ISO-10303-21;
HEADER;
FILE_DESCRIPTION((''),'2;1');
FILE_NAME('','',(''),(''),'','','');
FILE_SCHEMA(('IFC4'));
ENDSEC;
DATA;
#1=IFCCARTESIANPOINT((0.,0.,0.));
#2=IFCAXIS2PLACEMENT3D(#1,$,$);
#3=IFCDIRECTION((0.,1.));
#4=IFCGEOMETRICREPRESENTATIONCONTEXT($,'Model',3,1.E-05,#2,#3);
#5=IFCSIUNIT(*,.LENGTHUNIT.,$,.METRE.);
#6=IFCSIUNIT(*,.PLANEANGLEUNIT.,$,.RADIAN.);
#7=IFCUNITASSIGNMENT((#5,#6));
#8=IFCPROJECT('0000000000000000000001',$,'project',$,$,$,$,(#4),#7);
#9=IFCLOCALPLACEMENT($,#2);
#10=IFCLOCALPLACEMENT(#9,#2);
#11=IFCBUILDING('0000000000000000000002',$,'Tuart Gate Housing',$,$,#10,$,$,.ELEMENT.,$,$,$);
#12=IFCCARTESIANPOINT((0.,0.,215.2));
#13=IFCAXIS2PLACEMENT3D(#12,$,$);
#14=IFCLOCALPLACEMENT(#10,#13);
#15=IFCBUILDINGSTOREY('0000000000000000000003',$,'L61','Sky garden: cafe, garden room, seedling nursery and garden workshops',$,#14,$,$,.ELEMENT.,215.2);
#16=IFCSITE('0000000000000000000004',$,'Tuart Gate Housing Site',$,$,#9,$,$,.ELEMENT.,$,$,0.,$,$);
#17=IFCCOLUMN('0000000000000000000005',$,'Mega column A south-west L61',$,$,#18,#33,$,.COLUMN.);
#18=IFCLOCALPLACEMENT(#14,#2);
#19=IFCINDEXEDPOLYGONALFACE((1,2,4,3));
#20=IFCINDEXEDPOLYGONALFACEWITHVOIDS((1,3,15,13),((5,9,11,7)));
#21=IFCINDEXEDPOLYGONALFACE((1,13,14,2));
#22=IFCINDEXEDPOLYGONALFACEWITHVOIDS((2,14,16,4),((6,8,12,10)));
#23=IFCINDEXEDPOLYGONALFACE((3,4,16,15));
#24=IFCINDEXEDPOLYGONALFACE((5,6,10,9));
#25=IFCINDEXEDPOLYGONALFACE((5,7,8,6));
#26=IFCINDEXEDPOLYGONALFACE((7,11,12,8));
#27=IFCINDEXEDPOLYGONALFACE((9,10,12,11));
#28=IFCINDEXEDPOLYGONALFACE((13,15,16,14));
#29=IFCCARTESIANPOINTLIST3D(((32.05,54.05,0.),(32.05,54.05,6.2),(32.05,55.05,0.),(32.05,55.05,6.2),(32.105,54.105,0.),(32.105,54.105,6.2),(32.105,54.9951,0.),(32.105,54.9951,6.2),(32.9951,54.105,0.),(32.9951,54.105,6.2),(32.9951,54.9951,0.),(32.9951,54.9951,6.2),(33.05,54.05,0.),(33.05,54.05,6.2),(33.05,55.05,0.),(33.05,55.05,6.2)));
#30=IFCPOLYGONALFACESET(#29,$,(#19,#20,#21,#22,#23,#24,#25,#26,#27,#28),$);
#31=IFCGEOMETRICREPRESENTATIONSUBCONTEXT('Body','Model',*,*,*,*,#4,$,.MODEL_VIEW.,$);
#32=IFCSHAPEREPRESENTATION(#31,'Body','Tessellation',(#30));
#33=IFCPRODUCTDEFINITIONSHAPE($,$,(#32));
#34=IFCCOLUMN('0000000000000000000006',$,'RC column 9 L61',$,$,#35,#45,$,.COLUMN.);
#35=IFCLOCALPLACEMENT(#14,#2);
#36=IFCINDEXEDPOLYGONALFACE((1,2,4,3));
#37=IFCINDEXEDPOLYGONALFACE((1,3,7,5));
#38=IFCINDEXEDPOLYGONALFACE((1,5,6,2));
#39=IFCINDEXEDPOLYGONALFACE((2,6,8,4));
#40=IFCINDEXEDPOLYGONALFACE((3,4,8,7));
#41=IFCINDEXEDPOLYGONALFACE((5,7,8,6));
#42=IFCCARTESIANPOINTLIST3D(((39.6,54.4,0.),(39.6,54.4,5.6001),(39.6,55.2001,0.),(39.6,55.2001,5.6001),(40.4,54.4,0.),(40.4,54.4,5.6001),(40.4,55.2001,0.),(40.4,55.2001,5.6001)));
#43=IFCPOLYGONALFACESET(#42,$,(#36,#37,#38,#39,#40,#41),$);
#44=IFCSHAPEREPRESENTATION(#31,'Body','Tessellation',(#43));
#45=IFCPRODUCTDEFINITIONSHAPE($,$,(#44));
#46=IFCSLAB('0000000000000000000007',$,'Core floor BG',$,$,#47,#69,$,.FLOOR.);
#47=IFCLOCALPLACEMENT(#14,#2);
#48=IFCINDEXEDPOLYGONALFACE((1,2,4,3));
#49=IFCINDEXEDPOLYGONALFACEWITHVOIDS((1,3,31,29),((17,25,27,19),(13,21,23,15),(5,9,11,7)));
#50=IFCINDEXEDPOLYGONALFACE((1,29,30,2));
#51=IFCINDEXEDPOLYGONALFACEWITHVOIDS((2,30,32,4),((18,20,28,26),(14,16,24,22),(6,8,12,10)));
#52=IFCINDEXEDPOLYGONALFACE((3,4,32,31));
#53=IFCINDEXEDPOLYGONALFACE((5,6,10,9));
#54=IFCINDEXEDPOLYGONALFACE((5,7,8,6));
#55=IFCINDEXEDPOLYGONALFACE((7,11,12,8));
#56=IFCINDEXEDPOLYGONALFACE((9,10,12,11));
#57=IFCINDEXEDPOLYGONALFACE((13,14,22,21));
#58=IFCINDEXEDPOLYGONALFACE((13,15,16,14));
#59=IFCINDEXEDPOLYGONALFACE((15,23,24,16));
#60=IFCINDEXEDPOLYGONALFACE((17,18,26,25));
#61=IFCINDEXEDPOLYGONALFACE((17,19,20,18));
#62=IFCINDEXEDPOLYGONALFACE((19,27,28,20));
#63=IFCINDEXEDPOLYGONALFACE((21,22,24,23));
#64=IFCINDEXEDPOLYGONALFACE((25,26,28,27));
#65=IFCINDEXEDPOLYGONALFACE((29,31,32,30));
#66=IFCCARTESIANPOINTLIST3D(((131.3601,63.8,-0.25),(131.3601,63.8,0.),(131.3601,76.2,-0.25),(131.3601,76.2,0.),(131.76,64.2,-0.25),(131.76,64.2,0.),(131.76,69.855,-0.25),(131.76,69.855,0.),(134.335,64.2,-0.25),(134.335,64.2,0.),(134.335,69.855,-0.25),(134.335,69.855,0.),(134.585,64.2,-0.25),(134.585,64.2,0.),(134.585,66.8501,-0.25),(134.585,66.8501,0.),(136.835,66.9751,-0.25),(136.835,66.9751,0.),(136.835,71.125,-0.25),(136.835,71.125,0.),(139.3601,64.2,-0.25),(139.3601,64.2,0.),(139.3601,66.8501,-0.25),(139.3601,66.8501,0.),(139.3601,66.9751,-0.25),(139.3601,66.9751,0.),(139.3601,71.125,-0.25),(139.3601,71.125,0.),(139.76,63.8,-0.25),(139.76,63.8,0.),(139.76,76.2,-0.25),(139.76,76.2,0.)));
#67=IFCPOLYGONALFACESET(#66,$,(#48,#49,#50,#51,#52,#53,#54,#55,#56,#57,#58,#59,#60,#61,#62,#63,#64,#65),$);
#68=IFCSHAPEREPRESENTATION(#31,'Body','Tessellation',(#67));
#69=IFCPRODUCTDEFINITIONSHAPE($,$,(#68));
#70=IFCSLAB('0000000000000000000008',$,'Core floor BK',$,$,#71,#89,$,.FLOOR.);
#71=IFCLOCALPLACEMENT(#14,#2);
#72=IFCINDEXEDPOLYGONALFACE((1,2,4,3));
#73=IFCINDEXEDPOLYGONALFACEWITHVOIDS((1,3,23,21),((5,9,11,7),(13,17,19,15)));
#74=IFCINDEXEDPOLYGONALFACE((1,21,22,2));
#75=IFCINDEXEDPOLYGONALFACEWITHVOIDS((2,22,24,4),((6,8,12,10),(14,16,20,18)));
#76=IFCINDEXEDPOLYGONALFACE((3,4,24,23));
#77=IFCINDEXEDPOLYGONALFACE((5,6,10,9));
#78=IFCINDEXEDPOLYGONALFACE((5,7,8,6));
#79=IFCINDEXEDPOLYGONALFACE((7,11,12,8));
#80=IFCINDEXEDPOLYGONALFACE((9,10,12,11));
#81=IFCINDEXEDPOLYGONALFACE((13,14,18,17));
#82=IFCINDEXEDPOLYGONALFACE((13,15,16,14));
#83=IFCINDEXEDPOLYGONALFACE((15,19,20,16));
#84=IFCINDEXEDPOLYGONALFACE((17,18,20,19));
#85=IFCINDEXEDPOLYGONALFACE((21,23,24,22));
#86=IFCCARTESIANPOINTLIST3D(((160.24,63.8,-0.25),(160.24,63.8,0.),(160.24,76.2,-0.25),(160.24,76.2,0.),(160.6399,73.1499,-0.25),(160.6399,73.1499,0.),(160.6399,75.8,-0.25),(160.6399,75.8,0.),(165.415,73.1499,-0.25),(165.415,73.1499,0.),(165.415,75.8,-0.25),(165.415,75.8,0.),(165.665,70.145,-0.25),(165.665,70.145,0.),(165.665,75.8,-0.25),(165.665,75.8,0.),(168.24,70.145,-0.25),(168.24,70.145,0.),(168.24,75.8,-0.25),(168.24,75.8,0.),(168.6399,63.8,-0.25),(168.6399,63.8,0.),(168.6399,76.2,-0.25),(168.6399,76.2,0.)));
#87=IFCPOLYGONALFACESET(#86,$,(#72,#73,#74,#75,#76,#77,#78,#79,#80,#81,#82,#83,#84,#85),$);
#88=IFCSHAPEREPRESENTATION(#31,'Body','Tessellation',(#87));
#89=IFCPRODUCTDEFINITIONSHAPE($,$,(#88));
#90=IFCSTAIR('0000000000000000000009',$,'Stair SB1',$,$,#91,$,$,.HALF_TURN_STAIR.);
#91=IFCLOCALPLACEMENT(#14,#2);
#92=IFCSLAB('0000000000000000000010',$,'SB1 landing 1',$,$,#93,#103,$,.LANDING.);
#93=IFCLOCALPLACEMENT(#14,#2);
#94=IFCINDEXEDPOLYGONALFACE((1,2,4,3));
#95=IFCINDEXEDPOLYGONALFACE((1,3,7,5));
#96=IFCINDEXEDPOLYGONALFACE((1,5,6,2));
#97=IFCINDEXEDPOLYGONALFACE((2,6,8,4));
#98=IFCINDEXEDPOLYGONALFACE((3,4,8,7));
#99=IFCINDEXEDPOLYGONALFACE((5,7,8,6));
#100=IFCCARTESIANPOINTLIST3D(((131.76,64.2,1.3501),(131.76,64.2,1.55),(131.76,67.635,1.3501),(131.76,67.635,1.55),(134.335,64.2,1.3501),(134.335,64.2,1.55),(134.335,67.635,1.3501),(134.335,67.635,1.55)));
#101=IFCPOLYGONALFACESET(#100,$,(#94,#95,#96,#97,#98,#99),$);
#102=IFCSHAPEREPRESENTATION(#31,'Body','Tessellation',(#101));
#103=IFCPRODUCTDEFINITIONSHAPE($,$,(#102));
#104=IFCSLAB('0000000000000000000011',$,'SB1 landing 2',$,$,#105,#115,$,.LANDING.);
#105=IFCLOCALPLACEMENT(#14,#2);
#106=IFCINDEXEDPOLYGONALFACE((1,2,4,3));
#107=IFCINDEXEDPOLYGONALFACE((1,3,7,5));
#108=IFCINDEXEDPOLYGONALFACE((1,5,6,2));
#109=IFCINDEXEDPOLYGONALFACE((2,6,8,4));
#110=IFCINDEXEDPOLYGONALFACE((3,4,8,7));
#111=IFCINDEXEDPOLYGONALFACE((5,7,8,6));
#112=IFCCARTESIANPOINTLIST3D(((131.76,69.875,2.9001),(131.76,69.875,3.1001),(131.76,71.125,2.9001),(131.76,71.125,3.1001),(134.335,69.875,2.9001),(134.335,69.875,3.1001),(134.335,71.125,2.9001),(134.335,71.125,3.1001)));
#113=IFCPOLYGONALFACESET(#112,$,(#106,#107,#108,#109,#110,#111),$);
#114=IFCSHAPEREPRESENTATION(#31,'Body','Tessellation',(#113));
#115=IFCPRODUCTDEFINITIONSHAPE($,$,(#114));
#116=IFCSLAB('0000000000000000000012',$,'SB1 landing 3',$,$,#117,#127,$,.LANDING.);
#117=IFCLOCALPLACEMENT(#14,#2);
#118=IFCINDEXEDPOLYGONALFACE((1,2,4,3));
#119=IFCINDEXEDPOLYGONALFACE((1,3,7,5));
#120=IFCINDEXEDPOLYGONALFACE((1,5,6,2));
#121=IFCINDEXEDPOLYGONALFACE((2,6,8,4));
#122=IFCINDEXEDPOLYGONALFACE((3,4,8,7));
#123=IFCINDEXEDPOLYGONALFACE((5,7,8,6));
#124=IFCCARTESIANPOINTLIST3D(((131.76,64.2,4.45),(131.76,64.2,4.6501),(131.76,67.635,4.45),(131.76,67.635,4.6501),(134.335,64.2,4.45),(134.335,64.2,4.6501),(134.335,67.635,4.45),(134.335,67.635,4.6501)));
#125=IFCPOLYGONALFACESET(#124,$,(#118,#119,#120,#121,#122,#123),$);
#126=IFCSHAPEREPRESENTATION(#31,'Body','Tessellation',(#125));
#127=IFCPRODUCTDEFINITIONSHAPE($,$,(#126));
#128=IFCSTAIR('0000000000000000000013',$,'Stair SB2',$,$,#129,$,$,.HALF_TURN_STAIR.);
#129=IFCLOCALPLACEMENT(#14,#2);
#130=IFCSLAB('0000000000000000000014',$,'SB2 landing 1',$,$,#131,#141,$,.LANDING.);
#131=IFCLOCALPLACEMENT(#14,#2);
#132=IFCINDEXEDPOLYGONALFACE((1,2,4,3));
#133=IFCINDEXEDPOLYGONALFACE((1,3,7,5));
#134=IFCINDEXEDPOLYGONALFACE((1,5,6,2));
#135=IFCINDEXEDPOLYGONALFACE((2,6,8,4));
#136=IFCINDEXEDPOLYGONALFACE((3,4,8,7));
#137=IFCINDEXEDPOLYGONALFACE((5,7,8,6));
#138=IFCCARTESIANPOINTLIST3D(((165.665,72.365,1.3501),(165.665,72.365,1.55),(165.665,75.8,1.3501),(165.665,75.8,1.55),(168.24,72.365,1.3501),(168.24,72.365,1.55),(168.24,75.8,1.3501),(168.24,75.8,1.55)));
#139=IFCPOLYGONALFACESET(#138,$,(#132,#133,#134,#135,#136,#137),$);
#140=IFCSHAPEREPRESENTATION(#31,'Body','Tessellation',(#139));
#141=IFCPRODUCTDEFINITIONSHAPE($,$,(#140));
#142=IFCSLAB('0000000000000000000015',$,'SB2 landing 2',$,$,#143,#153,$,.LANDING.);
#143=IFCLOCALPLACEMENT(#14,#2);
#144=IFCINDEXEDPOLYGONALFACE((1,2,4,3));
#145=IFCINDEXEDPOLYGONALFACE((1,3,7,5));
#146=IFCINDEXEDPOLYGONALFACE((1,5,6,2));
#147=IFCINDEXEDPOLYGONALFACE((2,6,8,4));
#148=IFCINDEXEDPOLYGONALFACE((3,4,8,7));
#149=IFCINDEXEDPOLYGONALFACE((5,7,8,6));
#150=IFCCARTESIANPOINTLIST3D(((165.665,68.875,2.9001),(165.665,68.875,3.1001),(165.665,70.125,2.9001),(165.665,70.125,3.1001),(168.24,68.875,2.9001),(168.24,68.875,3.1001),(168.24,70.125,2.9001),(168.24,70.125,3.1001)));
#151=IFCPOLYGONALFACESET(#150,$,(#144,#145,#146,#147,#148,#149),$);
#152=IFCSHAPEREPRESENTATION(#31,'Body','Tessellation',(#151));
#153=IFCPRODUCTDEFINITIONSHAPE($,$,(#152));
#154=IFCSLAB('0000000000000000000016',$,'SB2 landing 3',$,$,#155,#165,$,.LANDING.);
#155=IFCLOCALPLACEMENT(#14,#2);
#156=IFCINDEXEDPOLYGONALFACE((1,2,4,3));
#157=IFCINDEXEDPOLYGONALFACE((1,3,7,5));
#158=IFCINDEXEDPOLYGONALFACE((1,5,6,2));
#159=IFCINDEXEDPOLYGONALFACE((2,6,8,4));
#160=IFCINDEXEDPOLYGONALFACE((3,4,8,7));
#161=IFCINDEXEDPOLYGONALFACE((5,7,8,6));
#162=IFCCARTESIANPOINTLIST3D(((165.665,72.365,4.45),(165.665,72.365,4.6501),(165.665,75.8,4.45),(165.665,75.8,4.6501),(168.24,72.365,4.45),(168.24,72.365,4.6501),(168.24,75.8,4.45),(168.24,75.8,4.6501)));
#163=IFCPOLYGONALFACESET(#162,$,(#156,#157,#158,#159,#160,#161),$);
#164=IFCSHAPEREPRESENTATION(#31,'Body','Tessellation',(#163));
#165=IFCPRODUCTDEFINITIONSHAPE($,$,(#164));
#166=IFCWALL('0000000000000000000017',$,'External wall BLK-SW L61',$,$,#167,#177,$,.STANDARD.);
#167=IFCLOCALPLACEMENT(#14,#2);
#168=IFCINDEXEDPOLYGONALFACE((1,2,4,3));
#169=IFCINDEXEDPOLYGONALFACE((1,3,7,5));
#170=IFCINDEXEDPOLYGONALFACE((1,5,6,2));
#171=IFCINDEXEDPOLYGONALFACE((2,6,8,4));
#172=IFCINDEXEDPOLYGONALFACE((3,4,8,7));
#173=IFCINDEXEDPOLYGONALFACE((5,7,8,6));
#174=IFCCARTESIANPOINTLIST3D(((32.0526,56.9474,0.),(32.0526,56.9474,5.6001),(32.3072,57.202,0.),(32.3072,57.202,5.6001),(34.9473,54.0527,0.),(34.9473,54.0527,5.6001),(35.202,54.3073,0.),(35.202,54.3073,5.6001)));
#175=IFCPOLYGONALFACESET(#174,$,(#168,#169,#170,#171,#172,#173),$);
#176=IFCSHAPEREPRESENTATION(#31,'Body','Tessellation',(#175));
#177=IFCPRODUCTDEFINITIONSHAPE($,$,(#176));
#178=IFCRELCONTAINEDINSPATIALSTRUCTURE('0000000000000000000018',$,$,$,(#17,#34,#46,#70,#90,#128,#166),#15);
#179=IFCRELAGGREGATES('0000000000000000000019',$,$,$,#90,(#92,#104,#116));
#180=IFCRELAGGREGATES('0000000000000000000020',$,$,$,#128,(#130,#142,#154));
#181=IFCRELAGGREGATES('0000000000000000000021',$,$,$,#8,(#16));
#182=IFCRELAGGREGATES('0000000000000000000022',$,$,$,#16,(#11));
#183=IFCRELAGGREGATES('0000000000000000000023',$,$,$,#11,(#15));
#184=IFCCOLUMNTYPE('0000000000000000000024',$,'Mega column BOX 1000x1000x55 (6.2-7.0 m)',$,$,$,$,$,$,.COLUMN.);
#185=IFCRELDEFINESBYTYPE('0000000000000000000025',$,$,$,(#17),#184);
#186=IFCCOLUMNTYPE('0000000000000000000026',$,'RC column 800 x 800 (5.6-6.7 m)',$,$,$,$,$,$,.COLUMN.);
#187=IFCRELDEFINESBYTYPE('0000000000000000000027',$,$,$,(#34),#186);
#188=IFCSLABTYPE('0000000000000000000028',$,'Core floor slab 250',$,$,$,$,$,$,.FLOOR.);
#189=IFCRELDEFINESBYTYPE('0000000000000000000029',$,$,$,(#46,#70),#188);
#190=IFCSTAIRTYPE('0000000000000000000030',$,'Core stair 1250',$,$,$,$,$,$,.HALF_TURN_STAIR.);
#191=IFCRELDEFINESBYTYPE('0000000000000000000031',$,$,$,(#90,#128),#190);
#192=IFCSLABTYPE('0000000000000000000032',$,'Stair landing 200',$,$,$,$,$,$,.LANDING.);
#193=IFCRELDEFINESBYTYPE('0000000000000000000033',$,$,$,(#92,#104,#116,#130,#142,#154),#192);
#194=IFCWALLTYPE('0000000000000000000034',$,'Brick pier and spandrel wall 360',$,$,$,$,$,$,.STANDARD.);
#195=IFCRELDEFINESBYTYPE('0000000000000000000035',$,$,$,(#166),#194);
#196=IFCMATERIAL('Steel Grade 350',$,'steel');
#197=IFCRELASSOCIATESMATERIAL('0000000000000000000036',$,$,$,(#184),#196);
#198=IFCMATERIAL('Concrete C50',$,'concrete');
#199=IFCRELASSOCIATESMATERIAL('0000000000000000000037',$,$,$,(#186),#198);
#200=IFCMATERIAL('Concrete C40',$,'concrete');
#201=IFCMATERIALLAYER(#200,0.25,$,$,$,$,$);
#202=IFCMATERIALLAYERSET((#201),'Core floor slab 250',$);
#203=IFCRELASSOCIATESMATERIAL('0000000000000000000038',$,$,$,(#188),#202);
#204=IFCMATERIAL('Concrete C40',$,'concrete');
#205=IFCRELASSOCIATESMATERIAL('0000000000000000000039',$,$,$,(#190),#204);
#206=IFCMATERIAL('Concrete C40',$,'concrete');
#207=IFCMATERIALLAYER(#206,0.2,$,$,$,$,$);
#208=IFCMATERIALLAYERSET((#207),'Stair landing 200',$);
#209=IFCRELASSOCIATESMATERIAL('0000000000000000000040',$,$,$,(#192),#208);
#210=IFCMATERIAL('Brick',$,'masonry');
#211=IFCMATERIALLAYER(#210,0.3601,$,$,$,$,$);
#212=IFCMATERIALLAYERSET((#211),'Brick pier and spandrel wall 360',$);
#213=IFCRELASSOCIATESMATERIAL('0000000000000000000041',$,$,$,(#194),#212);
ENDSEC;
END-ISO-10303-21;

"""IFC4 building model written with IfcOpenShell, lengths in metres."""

from ifc_helpers import new_model, si_unit, direction, frame, frame_2d, origin, origin_2d, place, context, subcontext, project, spatial, polyline, rectangle, hollow_rectangle, outline, extrude, material, layer, layer_set, material_profile, profile_set, type_object, element, aggregate, save


model = new_model("IFC4")

# Units and contexts
model_context = context("Model", 3, precision=1e-05, world=origin(), true_north=direction((0.0, 1.0)))
body_context = subcontext(model_context, "Body", "Model", "MODEL_VIEW")
ifc_project = project(units=[si_unit("LENGTHUNIT", "METRE"), si_unit("PLANEANGLEUNIT", "RADIAN")], contexts=[model_context])

# Site, building, storey
site_placement = place(None, origin())
site = spatial("IfcSite", under=ifc_project, at=site_placement, Name="Tuart Gate Housing Site", CompositionType="ELEMENT", RefElevation=0.0)
building_placement = place(site_placement, origin())
building = spatial("IfcBuilding", under=site, at=building_placement, Name="Tuart Gate Housing", CompositionType="ELEMENT")
storey_placement = place(building_placement, frame((0.0, 0.0, 215.2)))
storey = spatial("IfcBuildingStorey", under=building, at=storey_placement, Name="L61", Description="Sky garden: cafe, garden room, seedling nursery and garden workshops", CompositionType="ELEMENT", Elevation=215.2)

# Columns
ifc_material_1 = material(Name="Steel Grade 350", Category="steel")
ifc_material_profile_1 = material_profile(ifc_material_1, hollow_rectangle(XDim=1.0, YDim=1.0, WallThickness=0.0549, at=origin_2d()), Name="BOX 1000x1000x55")
ifc_profile_set_1 = profile_set([ifc_material_profile_1], Name="Steel Grade 350")
column_type_1 = type_object("IfcColumnType", Name="Mega column BOX 1000x1000x55 (6.2-7.0 m)", PredefinedType="COLUMN", material=ifc_profile_set_1)
column_1_placement = place(storey_placement, frame((32.55, 54.55, 0.0), z_axis=(0.0, 0.0, 1.0), x_axis=(1.0, 0.0, 0.0)))
element("IfcColumn", 1, at=column_1_placement, inside=storey, type_object=column_type_1, Name="Mega column A south-west L61", PredefinedType="COLUMN", context=body_context, shape_type="SweptSolid", body=[
    extrude(hollow_rectangle(XDim=1.0, YDim=1.0, WallThickness=0.0549, at=origin_2d()), origin(), (0.0, 0.0, 1.0), 6.2),
])
ifc_material_2 = material(Name="Concrete C50", Category="concrete")
ifc_material_profile_2 = material_profile(ifc_material_2, rectangle(XDim=0.8, YDim=0.8, at=origin_2d()), Name="RC column 800 x 800 (5.6-6.7 m)")
ifc_profile_set_2 = profile_set([ifc_material_profile_2], Name="Concrete C50")
column_type_2 = type_object("IfcColumnType", Name="RC column 800 x 800 (5.6-6.7 m)", PredefinedType="COLUMN", material=ifc_profile_set_2)
column_2_placement = place(storey_placement, frame((40.0, 54.8, 0.0), z_axis=(0.0, 0.0, 1.0), x_axis=(1.0, 0.0, 0.0)))
element("IfcColumn", 2, at=column_2_placement, inside=storey, type_object=column_type_2, Name="RC column 9 L61", PredefinedType="COLUMN", context=body_context, shape_type="SweptSolid", body=[
    extrude(rectangle(XDim=0.8, YDim=0.8, at=origin_2d()), origin(), (0.0, 0.0, 1.0), 5.6001),
])

# Slabs
ifc_material_3 = material(Name="Concrete C40", Category="concrete")
ifc_layer_1 = layer(ifc_material_3, 0.25)
ifc_layer_set_1 = layer_set([ifc_layer_1], Name="Core floor slab 250")
slab_type_1 = type_object("IfcSlabType", Name="Core floor slab 250", PredefinedType="FLOOR", material=ifc_layer_set_1)
slab_1_placement = place(storey_placement, frame((0.0, 0.0, -0.25)))
element("IfcSlab", 3, at=slab_1_placement, inside=storey, type_object=slab_type_1, Name="Core floor BG", PredefinedType="FLOOR", context=body_context, shape_type="SweptSolid", body=[
    extrude(outline(polyline([(131.3601, 63.8), (139.76, 63.8), (139.76, 76.2), (131.3601, 76.2), (131.3601, 63.8)]), holes=[polyline([(139.3601, 66.8501), (134.585, 66.8501), (134.585, 64.2), (139.3601, 64.2), (139.3601, 66.8501)]), polyline([(139.3601, 71.125), (136.835, 71.125), (136.835, 66.9751), (139.3601, 66.9751), (139.3601, 71.125)]), polyline([(134.335, 69.855), (131.76, 69.855), (131.76, 64.2), (134.335, 64.2), (134.335, 69.855)])]), origin(), (0.0, 0.0, 1.0), 0.25),
])
slab_2_placement = place(storey_placement, frame((0.0, 0.0, -0.25)))
element("IfcSlab", 4, at=slab_2_placement, inside=storey, type_object=slab_type_1, Name="Core floor BK", PredefinedType="FLOOR", context=body_context, shape_type="SweptSolid", body=[
    extrude(outline(polyline([(160.24, 63.8), (168.6399, 63.8), (168.6399, 76.2), (160.24, 76.2), (160.24, 63.8)]), holes=[polyline([(160.6399, 73.1499), (165.415, 73.1499), (165.415, 75.8), (160.6399, 75.8), (160.6399, 73.1499)]), polyline([(165.665, 70.145), (168.24, 70.145), (168.24, 75.8), (165.665, 75.8), (165.665, 70.145)])]), origin(), (0.0, 0.0, 1.0), 0.25),
])

# Stairs, slabs
ifc_material_4 = material(Name="Concrete C40", Category="concrete")
stair_type = type_object("IfcStairType", Name="Core stair 1250", PredefinedType="HALF_TURN_STAIR", material=ifc_material_4)
stair_1_placement = place(storey_placement, origin())
stair_1 = element("IfcStair", 5, at=stair_1_placement, inside=storey, type_object=stair_type, Name="Stair SB1", PredefinedType="HALF_TURN_STAIR")
ifc_material_5 = material(Name="Concrete C40", Category="concrete")
ifc_layer_2 = layer(ifc_material_5, 0.2)
ifc_layer_set_2 = layer_set([ifc_layer_2], Name="Stair landing 200")
slab_type_2 = type_object("IfcSlabType", Name="Stair landing 200", PredefinedType="LANDING", material=ifc_layer_set_2)
slab_3_placement = place(storey_placement, frame((0.0, 0.0, 1.3501)))
slab_3 = element("IfcSlab", 6, at=slab_3_placement, type_object=slab_type_2, Name="SB1 landing 1", PredefinedType="LANDING", context=body_context, shape_type="SweptSolid", body=[
    extrude(outline(polyline([(134.335, 67.635), (131.76, 67.635), (131.76, 64.2), (134.335, 64.2), (134.335, 67.635)])), origin(), (0.0, 0.0, 1.0), 0.2),
])
slab_4_placement = place(storey_placement, frame((0.0, 0.0, 2.9001)))
slab_4 = element("IfcSlab", 7, at=slab_4_placement, type_object=slab_type_2, Name="SB1 landing 2", PredefinedType="LANDING", context=body_context, shape_type="SweptSolid", body=[
    extrude(outline(polyline([(131.76, 71.125), (131.76, 69.875), (134.335, 69.875), (134.335, 71.125), (131.76, 71.125)])), origin(), (0.0, 0.0, 1.0), 0.2),
])
slab_5_placement = place(storey_placement, frame((0.0, 0.0, 4.45)))
slab_5 = element("IfcSlab", 8, at=slab_5_placement, type_object=slab_type_2, Name="SB1 landing 3", PredefinedType="LANDING", context=body_context, shape_type="SweptSolid", body=[
    extrude(outline(polyline([(134.335, 67.635), (131.76, 67.635), (131.76, 64.2), (134.335, 64.2), (134.335, 67.635)])), origin(), (0.0, 0.0, 1.0), 0.2002),
])
aggregate(stair_1, [slab_3, slab_4, slab_5])
stair_2_placement = place(storey_placement, origin())
stair_2 = element("IfcStair", 9, at=stair_2_placement, inside=storey, type_object=stair_type, Name="Stair SB2", PredefinedType="HALF_TURN_STAIR")
slab_6_placement = place(storey_placement, frame((0.0, 0.0, 1.3501)))
slab_6 = element("IfcSlab", 10, at=slab_6_placement, type_object=slab_type_2, Name="SB2 landing 1", PredefinedType="LANDING", context=body_context, shape_type="SweptSolid", body=[
    extrude(outline(polyline([(165.665, 72.365), (168.24, 72.365), (168.24, 75.8), (165.665, 75.8), (165.665, 72.365)])), origin(), (0.0, 0.0, 1.0), 0.2),
])
slab_7_placement = place(storey_placement, frame((0.0, 0.0, 2.9001)))
slab_7 = element("IfcSlab", 11, at=slab_7_placement, type_object=slab_type_2, Name="SB2 landing 2", PredefinedType="LANDING", context=body_context, shape_type="SweptSolid", body=[
    extrude(outline(polyline([(168.24, 68.875), (168.24, 70.125), (165.665, 70.125), (165.665, 68.875), (168.24, 68.875)])), origin(), (0.0, 0.0, 1.0), 0.2),
])
slab_8_placement = place(storey_placement, frame((0.0, 0.0, 4.45)))
slab_8 = element("IfcSlab", 12, at=slab_8_placement, type_object=slab_type_2, Name="SB2 landing 3", PredefinedType="LANDING", context=body_context, shape_type="SweptSolid", body=[
    extrude(outline(polyline([(165.665, 72.365), (168.24, 72.365), (168.24, 75.8), (165.665, 75.8), (165.665, 72.365)])), origin(), (0.0, 0.0, 1.0), 0.2002),
])
aggregate(stair_2, [slab_6, slab_7, slab_8])

# Wall
ifc_material_6 = material(Name="Brick", Category="masonry")
ifc_layer_3 = layer(ifc_material_6, 0.3601)
ifc_layer_set_3 = layer_set([ifc_layer_3], Name="Brick pier and spandrel wall 360")
wall_type = type_object("IfcWallType", Name="Brick pier and spandrel wall 360", PredefinedType="STANDARD", material=ifc_layer_set_3)
wall_1_placement = place(storey_placement, frame((32.1799, 57.0747, 0.0), z_axis=(0.0, 0.0, 1.0), x_axis=(0.707107, -0.707107, 0.0)))
element("IfcWall", 13, at=wall_1_placement, inside=storey, type_object=wall_type, Name="External wall BLK-SW L61", PredefinedType="STANDARD", context=body_context, shape_type="SweptSolid", body=[
    extrude(rectangle(XDim=4.0938, YDim=0.3601, at=frame_2d((2.0469, 0.0))), origin(), (0.0, 0.0, 1.0), 5.6001),
])

save(model, "model.ifc")
